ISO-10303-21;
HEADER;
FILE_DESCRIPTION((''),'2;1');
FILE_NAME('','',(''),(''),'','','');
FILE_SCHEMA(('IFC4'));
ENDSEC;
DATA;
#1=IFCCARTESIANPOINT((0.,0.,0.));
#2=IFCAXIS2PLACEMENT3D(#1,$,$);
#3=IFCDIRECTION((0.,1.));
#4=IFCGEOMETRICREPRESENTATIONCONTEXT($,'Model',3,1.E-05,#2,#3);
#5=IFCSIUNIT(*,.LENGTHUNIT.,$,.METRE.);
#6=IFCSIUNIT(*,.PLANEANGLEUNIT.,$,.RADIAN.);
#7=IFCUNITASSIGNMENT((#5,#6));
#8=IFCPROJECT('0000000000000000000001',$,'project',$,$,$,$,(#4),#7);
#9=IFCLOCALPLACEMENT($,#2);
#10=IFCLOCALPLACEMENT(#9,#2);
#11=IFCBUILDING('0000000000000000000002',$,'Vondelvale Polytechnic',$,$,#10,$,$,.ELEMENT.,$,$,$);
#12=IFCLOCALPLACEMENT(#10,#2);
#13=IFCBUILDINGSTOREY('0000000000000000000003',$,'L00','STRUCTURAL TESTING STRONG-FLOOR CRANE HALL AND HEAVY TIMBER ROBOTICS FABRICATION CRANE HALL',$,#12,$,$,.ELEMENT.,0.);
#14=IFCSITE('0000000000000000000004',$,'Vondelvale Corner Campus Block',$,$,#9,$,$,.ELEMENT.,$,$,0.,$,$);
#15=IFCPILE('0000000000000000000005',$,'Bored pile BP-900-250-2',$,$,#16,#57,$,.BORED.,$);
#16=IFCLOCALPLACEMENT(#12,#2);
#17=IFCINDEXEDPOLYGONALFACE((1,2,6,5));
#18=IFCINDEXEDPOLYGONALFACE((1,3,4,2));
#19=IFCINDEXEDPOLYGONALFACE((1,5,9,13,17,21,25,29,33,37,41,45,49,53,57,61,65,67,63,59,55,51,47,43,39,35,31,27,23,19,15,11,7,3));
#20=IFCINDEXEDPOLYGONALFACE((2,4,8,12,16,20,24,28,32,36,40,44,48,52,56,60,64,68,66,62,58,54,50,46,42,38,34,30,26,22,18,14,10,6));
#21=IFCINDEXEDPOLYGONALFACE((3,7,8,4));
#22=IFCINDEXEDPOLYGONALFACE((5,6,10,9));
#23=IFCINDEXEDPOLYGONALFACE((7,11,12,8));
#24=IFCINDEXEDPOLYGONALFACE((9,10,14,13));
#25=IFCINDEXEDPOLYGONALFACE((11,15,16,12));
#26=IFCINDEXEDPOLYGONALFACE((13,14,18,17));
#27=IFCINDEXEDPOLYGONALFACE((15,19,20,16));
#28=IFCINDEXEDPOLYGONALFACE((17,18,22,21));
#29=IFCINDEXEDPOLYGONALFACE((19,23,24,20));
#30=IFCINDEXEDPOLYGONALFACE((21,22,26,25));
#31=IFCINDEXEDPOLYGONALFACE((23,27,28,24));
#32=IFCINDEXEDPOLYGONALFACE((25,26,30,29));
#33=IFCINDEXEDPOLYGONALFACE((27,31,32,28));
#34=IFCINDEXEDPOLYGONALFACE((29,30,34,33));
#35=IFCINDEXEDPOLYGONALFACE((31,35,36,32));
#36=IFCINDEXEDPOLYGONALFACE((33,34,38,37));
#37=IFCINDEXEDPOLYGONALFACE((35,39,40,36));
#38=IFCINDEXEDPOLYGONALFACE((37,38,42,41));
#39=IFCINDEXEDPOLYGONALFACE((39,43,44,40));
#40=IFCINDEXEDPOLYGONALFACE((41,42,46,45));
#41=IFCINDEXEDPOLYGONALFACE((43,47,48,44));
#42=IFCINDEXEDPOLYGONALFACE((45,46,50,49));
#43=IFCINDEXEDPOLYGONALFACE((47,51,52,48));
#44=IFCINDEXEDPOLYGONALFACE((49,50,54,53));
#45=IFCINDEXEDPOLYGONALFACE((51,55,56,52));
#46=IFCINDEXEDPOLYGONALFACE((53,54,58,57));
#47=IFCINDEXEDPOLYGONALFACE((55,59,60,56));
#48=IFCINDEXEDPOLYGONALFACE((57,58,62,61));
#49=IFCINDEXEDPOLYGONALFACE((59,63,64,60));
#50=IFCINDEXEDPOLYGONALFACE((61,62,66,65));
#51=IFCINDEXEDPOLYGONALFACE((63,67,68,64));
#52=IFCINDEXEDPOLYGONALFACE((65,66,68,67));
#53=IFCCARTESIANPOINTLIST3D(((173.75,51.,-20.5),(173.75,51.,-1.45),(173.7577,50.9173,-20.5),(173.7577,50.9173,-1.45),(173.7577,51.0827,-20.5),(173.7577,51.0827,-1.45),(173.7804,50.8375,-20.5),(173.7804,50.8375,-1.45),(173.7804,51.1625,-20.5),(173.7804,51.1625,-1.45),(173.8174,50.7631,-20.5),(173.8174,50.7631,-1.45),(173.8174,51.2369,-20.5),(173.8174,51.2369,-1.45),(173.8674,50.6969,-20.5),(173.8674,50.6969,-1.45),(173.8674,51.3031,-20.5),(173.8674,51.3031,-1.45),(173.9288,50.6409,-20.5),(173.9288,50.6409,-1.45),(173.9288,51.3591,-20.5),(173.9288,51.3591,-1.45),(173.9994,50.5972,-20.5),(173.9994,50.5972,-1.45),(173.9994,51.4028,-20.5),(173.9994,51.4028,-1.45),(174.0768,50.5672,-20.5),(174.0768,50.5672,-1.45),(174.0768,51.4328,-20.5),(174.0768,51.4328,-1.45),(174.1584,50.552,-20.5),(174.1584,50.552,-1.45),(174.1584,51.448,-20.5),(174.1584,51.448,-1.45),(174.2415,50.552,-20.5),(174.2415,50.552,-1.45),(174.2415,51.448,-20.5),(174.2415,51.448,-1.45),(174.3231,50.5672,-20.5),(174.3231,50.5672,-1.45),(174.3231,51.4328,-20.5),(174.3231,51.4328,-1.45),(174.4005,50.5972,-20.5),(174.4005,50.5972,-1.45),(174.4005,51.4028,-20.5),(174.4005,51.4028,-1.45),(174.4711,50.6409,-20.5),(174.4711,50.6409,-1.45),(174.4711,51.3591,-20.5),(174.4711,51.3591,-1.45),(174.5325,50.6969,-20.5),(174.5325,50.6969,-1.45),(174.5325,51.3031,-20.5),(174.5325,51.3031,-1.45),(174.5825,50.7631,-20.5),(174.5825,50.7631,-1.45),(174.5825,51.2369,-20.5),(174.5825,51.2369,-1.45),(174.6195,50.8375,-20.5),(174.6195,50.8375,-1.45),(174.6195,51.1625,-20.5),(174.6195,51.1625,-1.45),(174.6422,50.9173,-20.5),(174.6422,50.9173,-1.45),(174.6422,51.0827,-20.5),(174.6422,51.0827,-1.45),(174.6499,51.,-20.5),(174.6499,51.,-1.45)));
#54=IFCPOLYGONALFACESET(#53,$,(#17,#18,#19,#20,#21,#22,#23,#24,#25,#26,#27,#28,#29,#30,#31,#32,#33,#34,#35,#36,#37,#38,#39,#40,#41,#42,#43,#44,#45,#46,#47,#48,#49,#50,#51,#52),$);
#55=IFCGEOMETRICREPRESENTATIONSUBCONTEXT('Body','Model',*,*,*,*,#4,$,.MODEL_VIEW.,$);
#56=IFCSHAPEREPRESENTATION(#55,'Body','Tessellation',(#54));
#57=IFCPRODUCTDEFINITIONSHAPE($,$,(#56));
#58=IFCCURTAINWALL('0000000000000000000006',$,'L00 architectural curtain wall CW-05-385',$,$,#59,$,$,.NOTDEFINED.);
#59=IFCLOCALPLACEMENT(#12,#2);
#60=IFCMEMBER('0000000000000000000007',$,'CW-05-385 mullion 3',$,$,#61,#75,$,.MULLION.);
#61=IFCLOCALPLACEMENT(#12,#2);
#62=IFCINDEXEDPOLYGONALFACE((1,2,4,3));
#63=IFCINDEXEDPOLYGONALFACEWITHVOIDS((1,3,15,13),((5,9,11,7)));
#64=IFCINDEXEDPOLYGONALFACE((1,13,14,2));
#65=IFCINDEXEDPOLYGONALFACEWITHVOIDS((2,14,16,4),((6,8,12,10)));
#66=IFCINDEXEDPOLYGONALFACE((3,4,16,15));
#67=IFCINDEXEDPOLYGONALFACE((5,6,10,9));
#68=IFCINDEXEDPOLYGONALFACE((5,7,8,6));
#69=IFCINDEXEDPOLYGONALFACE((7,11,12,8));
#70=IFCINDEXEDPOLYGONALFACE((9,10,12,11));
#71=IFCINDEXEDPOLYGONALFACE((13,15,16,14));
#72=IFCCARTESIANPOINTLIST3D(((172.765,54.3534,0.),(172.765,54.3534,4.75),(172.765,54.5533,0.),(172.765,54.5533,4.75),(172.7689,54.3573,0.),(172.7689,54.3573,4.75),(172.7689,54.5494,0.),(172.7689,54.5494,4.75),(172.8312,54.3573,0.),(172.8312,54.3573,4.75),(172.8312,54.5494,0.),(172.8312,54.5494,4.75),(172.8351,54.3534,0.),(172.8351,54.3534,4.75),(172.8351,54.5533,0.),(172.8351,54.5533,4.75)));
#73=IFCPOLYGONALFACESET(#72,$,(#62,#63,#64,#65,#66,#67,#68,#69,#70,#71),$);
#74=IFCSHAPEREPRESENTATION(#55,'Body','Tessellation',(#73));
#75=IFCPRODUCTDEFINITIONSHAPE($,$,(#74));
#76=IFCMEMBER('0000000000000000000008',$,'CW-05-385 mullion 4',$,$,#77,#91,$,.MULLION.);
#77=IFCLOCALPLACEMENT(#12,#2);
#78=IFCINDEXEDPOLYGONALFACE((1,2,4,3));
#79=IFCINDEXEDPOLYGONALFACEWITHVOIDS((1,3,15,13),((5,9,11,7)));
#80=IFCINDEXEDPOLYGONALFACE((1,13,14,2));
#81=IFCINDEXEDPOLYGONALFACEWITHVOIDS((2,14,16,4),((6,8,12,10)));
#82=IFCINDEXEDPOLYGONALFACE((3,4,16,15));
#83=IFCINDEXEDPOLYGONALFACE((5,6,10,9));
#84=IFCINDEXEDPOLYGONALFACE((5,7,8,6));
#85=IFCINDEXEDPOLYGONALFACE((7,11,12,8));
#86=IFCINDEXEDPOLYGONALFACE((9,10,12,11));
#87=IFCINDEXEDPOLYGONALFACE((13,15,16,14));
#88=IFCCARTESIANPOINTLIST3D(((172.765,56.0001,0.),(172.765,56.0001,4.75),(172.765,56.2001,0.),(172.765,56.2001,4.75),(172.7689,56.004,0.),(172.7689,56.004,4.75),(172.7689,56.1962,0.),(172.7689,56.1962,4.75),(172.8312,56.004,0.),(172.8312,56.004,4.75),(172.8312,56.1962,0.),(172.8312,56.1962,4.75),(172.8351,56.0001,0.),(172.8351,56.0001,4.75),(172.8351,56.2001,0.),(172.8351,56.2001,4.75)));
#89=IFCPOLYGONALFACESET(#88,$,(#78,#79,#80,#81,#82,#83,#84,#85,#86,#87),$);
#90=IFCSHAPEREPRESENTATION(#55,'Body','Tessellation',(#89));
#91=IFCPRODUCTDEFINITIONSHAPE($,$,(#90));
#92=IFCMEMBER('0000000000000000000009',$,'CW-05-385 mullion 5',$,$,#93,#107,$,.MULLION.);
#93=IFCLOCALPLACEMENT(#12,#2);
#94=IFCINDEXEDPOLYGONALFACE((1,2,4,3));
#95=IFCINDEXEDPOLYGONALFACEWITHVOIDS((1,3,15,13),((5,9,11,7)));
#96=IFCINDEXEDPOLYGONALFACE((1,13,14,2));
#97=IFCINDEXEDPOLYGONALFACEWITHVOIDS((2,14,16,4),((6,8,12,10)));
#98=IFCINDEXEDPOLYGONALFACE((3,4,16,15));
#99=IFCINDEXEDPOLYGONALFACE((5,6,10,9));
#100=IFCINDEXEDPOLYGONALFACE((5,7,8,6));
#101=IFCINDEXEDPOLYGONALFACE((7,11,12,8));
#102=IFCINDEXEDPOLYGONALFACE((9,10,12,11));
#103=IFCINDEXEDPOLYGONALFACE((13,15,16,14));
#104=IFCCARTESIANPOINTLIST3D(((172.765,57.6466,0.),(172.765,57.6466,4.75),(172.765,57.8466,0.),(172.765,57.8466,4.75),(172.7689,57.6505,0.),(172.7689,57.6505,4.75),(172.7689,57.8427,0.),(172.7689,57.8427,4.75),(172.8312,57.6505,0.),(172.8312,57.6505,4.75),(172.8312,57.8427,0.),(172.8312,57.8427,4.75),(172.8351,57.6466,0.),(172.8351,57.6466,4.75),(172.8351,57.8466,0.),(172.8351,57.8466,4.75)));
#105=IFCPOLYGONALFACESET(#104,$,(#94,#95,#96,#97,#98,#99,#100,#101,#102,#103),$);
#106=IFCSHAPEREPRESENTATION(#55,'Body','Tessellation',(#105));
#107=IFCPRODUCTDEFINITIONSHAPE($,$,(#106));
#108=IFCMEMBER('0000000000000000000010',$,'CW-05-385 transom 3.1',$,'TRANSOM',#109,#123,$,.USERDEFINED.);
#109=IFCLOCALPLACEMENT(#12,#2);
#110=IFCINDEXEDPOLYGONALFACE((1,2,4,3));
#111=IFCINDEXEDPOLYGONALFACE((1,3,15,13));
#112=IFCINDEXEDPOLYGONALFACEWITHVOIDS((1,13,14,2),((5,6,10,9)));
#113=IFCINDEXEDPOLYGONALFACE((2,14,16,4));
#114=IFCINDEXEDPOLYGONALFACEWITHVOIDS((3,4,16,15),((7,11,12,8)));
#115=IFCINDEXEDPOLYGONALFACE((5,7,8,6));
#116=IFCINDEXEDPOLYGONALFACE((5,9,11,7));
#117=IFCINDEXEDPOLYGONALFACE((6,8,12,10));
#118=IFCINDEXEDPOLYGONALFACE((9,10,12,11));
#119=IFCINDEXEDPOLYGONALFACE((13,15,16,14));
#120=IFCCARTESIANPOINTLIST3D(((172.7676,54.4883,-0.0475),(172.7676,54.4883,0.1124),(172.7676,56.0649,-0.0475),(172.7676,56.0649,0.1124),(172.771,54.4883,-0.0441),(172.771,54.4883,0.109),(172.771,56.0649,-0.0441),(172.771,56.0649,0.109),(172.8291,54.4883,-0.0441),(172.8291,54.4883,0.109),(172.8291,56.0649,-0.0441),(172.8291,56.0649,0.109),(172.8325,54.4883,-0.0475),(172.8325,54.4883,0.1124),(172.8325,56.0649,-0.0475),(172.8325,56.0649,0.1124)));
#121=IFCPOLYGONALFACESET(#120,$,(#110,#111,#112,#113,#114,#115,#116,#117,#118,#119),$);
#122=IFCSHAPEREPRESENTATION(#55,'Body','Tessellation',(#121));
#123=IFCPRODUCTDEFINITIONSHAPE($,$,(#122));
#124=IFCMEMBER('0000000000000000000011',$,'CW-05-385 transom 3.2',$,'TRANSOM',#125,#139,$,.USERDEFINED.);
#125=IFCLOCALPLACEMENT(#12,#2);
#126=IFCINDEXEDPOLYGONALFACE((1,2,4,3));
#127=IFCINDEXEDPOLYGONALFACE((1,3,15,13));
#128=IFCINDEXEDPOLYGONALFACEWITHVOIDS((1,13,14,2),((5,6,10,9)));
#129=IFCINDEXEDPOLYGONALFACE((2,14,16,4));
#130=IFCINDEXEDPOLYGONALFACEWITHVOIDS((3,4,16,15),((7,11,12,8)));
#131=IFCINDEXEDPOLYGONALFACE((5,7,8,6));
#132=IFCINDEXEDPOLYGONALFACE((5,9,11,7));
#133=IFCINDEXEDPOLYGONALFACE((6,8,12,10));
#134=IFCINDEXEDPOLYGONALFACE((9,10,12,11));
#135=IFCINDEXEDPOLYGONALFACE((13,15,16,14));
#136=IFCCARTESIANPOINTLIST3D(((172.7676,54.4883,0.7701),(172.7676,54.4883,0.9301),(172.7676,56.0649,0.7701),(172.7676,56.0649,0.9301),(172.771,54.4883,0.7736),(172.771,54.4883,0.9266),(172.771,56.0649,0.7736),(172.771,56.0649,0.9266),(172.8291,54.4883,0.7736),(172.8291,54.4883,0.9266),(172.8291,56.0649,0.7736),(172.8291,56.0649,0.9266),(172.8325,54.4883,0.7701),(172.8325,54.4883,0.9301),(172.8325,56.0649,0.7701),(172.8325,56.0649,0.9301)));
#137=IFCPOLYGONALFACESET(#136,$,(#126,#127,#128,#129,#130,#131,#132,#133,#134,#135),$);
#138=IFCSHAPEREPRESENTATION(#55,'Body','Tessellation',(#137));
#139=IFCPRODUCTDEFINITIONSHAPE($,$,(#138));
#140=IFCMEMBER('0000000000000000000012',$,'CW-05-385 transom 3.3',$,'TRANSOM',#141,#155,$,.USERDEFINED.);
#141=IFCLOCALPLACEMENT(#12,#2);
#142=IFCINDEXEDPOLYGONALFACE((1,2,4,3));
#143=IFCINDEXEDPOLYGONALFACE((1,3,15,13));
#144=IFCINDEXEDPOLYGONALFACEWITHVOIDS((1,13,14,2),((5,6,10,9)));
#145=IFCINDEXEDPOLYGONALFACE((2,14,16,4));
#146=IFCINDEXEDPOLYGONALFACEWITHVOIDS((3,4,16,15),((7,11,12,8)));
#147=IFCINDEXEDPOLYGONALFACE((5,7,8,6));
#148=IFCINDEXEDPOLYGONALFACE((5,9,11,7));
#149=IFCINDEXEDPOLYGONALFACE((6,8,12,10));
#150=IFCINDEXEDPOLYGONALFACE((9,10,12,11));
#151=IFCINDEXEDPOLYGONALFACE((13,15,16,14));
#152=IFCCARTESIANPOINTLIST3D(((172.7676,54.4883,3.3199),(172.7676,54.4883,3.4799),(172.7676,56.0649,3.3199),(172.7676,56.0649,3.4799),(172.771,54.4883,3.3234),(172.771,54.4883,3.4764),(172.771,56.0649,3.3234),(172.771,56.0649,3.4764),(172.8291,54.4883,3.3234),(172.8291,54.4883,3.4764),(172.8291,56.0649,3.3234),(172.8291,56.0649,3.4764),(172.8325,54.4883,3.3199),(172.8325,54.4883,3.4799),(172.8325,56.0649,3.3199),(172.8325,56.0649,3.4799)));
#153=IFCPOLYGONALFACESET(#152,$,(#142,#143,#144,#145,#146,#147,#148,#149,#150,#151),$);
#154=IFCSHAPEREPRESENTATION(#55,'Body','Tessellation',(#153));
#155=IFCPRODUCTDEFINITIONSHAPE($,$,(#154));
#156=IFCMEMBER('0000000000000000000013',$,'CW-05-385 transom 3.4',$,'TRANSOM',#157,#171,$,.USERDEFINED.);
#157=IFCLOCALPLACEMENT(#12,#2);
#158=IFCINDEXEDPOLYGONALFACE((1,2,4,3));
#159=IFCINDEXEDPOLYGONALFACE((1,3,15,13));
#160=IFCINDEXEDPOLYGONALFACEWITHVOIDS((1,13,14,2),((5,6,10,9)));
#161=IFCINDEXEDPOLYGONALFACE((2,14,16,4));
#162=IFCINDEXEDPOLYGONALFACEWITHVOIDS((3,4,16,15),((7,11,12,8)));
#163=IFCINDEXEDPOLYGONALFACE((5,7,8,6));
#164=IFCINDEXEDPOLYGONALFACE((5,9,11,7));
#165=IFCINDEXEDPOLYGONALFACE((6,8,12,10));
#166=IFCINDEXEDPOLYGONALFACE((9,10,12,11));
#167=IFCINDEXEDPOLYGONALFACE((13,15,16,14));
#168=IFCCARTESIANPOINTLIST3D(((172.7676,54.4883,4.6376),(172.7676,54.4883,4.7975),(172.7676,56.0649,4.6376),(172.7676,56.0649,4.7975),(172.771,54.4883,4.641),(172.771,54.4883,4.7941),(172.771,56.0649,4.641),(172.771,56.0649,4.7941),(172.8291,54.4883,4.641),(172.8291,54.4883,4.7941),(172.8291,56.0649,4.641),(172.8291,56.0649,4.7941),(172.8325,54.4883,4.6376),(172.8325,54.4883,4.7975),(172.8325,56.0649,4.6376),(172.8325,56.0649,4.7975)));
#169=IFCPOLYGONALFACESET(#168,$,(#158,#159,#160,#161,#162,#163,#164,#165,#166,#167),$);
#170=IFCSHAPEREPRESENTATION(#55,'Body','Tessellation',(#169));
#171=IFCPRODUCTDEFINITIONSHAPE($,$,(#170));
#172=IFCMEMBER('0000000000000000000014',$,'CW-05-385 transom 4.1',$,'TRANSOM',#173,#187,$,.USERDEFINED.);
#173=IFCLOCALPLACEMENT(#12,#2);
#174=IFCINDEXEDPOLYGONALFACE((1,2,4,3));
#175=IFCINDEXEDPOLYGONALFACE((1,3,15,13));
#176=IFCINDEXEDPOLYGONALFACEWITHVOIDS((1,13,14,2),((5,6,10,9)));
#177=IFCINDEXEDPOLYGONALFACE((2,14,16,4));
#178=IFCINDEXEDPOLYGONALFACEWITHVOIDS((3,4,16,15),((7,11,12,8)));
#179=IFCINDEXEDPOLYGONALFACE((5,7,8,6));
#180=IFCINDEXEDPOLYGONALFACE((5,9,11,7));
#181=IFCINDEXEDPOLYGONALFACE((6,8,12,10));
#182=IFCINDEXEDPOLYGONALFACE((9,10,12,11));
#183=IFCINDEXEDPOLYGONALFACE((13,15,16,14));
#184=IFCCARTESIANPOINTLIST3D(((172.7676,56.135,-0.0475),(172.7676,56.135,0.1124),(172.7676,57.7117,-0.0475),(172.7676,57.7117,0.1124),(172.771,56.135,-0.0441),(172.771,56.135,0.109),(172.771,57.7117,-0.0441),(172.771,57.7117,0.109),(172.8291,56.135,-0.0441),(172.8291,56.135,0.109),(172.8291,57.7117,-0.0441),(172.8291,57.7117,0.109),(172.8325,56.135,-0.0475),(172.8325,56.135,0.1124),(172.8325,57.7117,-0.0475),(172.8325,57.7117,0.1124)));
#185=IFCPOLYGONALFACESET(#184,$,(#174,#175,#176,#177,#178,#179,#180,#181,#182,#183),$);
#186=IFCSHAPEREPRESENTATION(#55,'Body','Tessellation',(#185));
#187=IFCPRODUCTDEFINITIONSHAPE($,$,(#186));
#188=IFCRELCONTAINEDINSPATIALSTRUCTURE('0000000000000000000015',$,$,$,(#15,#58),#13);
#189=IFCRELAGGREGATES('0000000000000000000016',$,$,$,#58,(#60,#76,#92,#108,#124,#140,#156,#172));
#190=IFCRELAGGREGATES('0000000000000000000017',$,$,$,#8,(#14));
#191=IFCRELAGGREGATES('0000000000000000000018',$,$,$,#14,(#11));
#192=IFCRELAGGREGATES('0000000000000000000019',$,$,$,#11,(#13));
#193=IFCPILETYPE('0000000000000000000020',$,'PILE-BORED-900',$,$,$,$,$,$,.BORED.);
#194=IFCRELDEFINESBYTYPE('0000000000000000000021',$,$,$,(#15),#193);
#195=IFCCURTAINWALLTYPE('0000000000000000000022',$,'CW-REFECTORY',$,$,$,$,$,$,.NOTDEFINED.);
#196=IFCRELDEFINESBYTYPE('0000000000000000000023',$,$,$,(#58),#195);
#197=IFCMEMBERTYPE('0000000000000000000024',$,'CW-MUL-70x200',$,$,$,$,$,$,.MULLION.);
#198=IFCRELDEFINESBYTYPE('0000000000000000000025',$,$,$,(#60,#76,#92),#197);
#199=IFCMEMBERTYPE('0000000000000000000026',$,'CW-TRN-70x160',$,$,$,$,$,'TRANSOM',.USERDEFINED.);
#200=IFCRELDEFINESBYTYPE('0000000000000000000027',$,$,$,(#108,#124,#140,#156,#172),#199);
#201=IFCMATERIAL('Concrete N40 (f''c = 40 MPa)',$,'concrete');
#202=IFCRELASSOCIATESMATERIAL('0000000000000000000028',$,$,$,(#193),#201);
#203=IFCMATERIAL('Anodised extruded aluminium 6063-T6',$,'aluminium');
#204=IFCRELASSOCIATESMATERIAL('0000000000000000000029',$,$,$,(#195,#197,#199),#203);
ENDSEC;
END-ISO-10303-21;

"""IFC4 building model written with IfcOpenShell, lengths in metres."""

from ifc_helpers import new_model, si_unit, direction, frame, origin, origin_2d, place, context, subcontext, project, spatial, hollow_rectangle, circle, extrude, material, material_profile, profile_set, type_object, element, aggregate, save


model = new_model("IFC4")

# Units and contexts
model_context = context("Model", 3, precision=1e-05, world=origin(), true_north=direction((0.0, 1.0)))
body_context = subcontext(model_context, "Body", "Model", "MODEL_VIEW")
ifc_project = project(units=[si_unit("LENGTHUNIT", "METRE"), si_unit("PLANEANGLEUNIT", "RADIAN")], contexts=[model_context])

# Site, building, storey
site_placement = place(None, origin())
site = spatial("IfcSite", under=ifc_project, at=site_placement, Name="Vondelvale Corner Campus Block", CompositionType="ELEMENT", RefElevation=0.0)
building_placement = place(site_placement, origin())
building = spatial("IfcBuilding", under=site, at=building_placement, Name="Vondelvale Polytechnic", CompositionType="ELEMENT")
storey_placement = place(building_placement, origin())
storey = spatial("IfcBuildingStorey", under=building, at=storey_placement, Name="L00", Description="STRUCTURAL TESTING STRONG-FLOOR CRANE HALL AND HEAVY TIMBER ROBOTICS FABRICATION CRANE HALL", CompositionType="ELEMENT", Elevation=0.0)

# Pile
ifc_material_1 = material(Name="Concrete N40 (f'c = 40 MPa)", Category="concrete")
ifc_material_profile_1 = material_profile(ifc_material_1, circle(Radius=0.45, at=origin_2d()), Name="PILE-D900")
ifc_profile_set_1 = profile_set([ifc_material_profile_1], Name="Concrete N40 (f'c = 40 MPa)")
pile_type = type_object("IfcPileType", Name="PILE-BORED-900", PredefinedType="BORED", material=ifc_profile_set_1)
pile_placement = place(storey_placement, frame((174.2, 51.0, -1.45), z_axis=(0.0, 0.0, -1.0), x_axis=(1.0, 0.0, 0.0)))
element("IfcPile", 1, at=pile_placement, inside=storey, type_object=pile_type, Name="Bored pile BP-900-250-2", PredefinedType="BORED", context=body_context, shape_type="SweptSolid", body=[
    extrude(circle(Radius=0.45, at=origin_2d()), origin(), (0.0, 0.0, 1.0), 19.05),
])

# Curtain wall, members
ifc_material_2 = material(Name="Anodised extruded aluminium 6063-T6", Category="aluminium")
curtain_wall_type = type_object("IfcCurtainWallType", Name="CW-REFECTORY", PredefinedType="NOTDEFINED", material=ifc_material_2)
curtain_wall_placement = place(storey_placement, origin())
curtain_wall = element("IfcCurtainWall", 2, at=curtain_wall_placement, inside=storey, type_object=curtain_wall_type, Name="L00 architectural curtain wall CW-05-385", PredefinedType="NOTDEFINED")
ifc_material_profile_2 = material_profile(ifc_material_2, hollow_rectangle(XDim=0.0701, YDim=0.2, WallThickness=0.0039, at=origin_2d()), Name="CW-MUL-200x70")
ifc_profile_set_2 = profile_set([ifc_material_profile_2], Name="Anodised extruded aluminium 6063-T6")
member_type_1 = type_object("IfcMemberType", Name="CW-MUL-70x200", PredefinedType="MULLION", material=ifc_profile_set_2)
member_1_placement = place(storey_placement, frame((172.8, 54.4534, 0.0), z_axis=(0.0, 0.0, 1.0), x_axis=(-1.0, 0.0, 0.0)))
member_1 = element("IfcMember", 3, at=member_1_placement, type_object=member_type_1, Name="CW-05-385 mullion 3", PredefinedType="MULLION", context=body_context, shape_type="SweptSolid", body=[
    extrude(hollow_rectangle(XDim=0.0701, YDim=0.2, WallThickness=0.0039, at=origin_2d()), origin(), (0.0, 0.0, 1.0), 4.75),
])
member_2_placement = place(storey_placement, frame((172.8, 56.1001, 0.0), z_axis=(0.0, 0.0, 1.0), x_axis=(-1.0, 0.0, 0.0)))
member_2 = element("IfcMember", 4, at=member_2_placement, type_object=member_type_1, Name="CW-05-385 mullion 4", PredefinedType="MULLION", context=body_context, shape_type="SweptSolid", body=[
    extrude(hollow_rectangle(XDim=0.0701, YDim=0.2, WallThickness=0.0039, at=origin_2d()), origin(), (0.0, 0.0, 1.0), 4.75),
])
member_3_placement = place(storey_placement, frame((172.8, 57.7466, 0.0), z_axis=(0.0, 0.0, 1.0), x_axis=(-1.0, 0.0, 0.0)))
member_3 = element("IfcMember", 5, at=member_3_placement, type_object=member_type_1, Name="CW-05-385 mullion 5", PredefinedType="MULLION", context=body_context, shape_type="SweptSolid", body=[
    extrude(hollow_rectangle(XDim=0.0701, YDim=0.2, WallThickness=0.0039, at=origin_2d()), origin(), (0.0, 0.0, 1.0), 4.75),
])
ifc_material_profile_3 = material_profile(ifc_material_2, hollow_rectangle(XDim=0.0649, YDim=0.1599, WallThickness=0.0034, at=origin_2d()), Name="CW-TRN-160x65")
ifc_profile_set_3 = profile_set([ifc_material_profile_3], Name="Anodised extruded aluminium 6063-T6")
member_type_2 = type_object("IfcMemberType", Name="CW-TRN-70x160", ElementType="TRANSOM", PredefinedType="USERDEFINED", material=ifc_profile_set_3)
member_4_placement = place(storey_placement, frame((172.8, 54.4883, 0.0325), z_axis=(0.0, 1.0, 0.0), x_axis=(-1.0, 0.0, 0.0)))
member_4 = element("IfcMember", 6, at=member_4_placement, type_object=member_type_2, Name="CW-05-385 transom 3.1", ObjectType="TRANSOM", PredefinedType="USERDEFINED", context=body_context, shape_type="SweptSolid", body=[
    extrude(hollow_rectangle(XDim=0.0649, YDim=0.1599, WallThickness=0.0034, at=origin_2d()), origin(), (0.0, 0.0, 1.0), 1.5767),
])
member_5_placement = place(storey_placement, frame((172.8, 54.4883, 0.8501), z_axis=(0.0, 1.0, 0.0), x_axis=(-1.0, 0.0, 0.0)))
member_5 = element("IfcMember", 7, at=member_5_placement, type_object=member_type_2, Name="CW-05-385 transom 3.2", ObjectType="TRANSOM", PredefinedType="USERDEFINED", context=body_context, shape_type="SweptSolid", body=[
    extrude(hollow_rectangle(XDim=0.0649, YDim=0.1599, WallThickness=0.0034, at=origin_2d()), origin(), (0.0, 0.0, 1.0), 1.5767),
])
member_6_placement = place(storey_placement, frame((172.8, 54.4883, 3.3999), z_axis=(0.0, 1.0, 0.0), x_axis=(-1.0, 0.0, 0.0)))
member_6 = element("IfcMember", 8, at=member_6_placement, type_object=member_type_2, Name="CW-05-385 transom 3.3", ObjectType="TRANSOM", PredefinedType="USERDEFINED", context=body_context, shape_type="SweptSolid", body=[
    extrude(hollow_rectangle(XDim=0.0649, YDim=0.1599, WallThickness=0.0034, at=origin_2d()), origin(), (0.0, 0.0, 1.0), 1.5767),
])
member_7_placement = place(storey_placement, frame((172.8, 54.4883, 4.7175), z_axis=(0.0, 1.0, 0.0), x_axis=(-1.0, 0.0, 0.0)))
member_7 = element("IfcMember", 9, at=member_7_placement, type_object=member_type_2, Name="CW-05-385 transom 3.4", ObjectType="TRANSOM", PredefinedType="USERDEFINED", context=body_context, shape_type="SweptSolid", body=[
    extrude(hollow_rectangle(XDim=0.0649, YDim=0.1599, WallThickness=0.0034, at=origin_2d()), origin(), (0.0, 0.0, 1.0), 1.5767),
])
member_8_placement = place(storey_placement, frame((172.8, 56.135, 0.0325), z_axis=(0.0, 1.0, 0.0), x_axis=(-1.0, 0.0, 0.0)))
member_8 = element("IfcMember", 10, at=member_8_placement, type_object=member_type_2, Name="CW-05-385 transom 4.1", ObjectType="TRANSOM", PredefinedType="USERDEFINED", context=body_context, shape_type="SweptSolid", body=[
    extrude(hollow_rectangle(XDim=0.0649, YDim=0.1599, WallThickness=0.0034, at=origin_2d()), origin(), (0.0, 0.0, 1.0), 1.5767),
])
aggregate(curtain_wall, [member_1, member_2, member_3, member_4, member_5, member_6, member_7, member_8])

save(model, "model.ifc")
